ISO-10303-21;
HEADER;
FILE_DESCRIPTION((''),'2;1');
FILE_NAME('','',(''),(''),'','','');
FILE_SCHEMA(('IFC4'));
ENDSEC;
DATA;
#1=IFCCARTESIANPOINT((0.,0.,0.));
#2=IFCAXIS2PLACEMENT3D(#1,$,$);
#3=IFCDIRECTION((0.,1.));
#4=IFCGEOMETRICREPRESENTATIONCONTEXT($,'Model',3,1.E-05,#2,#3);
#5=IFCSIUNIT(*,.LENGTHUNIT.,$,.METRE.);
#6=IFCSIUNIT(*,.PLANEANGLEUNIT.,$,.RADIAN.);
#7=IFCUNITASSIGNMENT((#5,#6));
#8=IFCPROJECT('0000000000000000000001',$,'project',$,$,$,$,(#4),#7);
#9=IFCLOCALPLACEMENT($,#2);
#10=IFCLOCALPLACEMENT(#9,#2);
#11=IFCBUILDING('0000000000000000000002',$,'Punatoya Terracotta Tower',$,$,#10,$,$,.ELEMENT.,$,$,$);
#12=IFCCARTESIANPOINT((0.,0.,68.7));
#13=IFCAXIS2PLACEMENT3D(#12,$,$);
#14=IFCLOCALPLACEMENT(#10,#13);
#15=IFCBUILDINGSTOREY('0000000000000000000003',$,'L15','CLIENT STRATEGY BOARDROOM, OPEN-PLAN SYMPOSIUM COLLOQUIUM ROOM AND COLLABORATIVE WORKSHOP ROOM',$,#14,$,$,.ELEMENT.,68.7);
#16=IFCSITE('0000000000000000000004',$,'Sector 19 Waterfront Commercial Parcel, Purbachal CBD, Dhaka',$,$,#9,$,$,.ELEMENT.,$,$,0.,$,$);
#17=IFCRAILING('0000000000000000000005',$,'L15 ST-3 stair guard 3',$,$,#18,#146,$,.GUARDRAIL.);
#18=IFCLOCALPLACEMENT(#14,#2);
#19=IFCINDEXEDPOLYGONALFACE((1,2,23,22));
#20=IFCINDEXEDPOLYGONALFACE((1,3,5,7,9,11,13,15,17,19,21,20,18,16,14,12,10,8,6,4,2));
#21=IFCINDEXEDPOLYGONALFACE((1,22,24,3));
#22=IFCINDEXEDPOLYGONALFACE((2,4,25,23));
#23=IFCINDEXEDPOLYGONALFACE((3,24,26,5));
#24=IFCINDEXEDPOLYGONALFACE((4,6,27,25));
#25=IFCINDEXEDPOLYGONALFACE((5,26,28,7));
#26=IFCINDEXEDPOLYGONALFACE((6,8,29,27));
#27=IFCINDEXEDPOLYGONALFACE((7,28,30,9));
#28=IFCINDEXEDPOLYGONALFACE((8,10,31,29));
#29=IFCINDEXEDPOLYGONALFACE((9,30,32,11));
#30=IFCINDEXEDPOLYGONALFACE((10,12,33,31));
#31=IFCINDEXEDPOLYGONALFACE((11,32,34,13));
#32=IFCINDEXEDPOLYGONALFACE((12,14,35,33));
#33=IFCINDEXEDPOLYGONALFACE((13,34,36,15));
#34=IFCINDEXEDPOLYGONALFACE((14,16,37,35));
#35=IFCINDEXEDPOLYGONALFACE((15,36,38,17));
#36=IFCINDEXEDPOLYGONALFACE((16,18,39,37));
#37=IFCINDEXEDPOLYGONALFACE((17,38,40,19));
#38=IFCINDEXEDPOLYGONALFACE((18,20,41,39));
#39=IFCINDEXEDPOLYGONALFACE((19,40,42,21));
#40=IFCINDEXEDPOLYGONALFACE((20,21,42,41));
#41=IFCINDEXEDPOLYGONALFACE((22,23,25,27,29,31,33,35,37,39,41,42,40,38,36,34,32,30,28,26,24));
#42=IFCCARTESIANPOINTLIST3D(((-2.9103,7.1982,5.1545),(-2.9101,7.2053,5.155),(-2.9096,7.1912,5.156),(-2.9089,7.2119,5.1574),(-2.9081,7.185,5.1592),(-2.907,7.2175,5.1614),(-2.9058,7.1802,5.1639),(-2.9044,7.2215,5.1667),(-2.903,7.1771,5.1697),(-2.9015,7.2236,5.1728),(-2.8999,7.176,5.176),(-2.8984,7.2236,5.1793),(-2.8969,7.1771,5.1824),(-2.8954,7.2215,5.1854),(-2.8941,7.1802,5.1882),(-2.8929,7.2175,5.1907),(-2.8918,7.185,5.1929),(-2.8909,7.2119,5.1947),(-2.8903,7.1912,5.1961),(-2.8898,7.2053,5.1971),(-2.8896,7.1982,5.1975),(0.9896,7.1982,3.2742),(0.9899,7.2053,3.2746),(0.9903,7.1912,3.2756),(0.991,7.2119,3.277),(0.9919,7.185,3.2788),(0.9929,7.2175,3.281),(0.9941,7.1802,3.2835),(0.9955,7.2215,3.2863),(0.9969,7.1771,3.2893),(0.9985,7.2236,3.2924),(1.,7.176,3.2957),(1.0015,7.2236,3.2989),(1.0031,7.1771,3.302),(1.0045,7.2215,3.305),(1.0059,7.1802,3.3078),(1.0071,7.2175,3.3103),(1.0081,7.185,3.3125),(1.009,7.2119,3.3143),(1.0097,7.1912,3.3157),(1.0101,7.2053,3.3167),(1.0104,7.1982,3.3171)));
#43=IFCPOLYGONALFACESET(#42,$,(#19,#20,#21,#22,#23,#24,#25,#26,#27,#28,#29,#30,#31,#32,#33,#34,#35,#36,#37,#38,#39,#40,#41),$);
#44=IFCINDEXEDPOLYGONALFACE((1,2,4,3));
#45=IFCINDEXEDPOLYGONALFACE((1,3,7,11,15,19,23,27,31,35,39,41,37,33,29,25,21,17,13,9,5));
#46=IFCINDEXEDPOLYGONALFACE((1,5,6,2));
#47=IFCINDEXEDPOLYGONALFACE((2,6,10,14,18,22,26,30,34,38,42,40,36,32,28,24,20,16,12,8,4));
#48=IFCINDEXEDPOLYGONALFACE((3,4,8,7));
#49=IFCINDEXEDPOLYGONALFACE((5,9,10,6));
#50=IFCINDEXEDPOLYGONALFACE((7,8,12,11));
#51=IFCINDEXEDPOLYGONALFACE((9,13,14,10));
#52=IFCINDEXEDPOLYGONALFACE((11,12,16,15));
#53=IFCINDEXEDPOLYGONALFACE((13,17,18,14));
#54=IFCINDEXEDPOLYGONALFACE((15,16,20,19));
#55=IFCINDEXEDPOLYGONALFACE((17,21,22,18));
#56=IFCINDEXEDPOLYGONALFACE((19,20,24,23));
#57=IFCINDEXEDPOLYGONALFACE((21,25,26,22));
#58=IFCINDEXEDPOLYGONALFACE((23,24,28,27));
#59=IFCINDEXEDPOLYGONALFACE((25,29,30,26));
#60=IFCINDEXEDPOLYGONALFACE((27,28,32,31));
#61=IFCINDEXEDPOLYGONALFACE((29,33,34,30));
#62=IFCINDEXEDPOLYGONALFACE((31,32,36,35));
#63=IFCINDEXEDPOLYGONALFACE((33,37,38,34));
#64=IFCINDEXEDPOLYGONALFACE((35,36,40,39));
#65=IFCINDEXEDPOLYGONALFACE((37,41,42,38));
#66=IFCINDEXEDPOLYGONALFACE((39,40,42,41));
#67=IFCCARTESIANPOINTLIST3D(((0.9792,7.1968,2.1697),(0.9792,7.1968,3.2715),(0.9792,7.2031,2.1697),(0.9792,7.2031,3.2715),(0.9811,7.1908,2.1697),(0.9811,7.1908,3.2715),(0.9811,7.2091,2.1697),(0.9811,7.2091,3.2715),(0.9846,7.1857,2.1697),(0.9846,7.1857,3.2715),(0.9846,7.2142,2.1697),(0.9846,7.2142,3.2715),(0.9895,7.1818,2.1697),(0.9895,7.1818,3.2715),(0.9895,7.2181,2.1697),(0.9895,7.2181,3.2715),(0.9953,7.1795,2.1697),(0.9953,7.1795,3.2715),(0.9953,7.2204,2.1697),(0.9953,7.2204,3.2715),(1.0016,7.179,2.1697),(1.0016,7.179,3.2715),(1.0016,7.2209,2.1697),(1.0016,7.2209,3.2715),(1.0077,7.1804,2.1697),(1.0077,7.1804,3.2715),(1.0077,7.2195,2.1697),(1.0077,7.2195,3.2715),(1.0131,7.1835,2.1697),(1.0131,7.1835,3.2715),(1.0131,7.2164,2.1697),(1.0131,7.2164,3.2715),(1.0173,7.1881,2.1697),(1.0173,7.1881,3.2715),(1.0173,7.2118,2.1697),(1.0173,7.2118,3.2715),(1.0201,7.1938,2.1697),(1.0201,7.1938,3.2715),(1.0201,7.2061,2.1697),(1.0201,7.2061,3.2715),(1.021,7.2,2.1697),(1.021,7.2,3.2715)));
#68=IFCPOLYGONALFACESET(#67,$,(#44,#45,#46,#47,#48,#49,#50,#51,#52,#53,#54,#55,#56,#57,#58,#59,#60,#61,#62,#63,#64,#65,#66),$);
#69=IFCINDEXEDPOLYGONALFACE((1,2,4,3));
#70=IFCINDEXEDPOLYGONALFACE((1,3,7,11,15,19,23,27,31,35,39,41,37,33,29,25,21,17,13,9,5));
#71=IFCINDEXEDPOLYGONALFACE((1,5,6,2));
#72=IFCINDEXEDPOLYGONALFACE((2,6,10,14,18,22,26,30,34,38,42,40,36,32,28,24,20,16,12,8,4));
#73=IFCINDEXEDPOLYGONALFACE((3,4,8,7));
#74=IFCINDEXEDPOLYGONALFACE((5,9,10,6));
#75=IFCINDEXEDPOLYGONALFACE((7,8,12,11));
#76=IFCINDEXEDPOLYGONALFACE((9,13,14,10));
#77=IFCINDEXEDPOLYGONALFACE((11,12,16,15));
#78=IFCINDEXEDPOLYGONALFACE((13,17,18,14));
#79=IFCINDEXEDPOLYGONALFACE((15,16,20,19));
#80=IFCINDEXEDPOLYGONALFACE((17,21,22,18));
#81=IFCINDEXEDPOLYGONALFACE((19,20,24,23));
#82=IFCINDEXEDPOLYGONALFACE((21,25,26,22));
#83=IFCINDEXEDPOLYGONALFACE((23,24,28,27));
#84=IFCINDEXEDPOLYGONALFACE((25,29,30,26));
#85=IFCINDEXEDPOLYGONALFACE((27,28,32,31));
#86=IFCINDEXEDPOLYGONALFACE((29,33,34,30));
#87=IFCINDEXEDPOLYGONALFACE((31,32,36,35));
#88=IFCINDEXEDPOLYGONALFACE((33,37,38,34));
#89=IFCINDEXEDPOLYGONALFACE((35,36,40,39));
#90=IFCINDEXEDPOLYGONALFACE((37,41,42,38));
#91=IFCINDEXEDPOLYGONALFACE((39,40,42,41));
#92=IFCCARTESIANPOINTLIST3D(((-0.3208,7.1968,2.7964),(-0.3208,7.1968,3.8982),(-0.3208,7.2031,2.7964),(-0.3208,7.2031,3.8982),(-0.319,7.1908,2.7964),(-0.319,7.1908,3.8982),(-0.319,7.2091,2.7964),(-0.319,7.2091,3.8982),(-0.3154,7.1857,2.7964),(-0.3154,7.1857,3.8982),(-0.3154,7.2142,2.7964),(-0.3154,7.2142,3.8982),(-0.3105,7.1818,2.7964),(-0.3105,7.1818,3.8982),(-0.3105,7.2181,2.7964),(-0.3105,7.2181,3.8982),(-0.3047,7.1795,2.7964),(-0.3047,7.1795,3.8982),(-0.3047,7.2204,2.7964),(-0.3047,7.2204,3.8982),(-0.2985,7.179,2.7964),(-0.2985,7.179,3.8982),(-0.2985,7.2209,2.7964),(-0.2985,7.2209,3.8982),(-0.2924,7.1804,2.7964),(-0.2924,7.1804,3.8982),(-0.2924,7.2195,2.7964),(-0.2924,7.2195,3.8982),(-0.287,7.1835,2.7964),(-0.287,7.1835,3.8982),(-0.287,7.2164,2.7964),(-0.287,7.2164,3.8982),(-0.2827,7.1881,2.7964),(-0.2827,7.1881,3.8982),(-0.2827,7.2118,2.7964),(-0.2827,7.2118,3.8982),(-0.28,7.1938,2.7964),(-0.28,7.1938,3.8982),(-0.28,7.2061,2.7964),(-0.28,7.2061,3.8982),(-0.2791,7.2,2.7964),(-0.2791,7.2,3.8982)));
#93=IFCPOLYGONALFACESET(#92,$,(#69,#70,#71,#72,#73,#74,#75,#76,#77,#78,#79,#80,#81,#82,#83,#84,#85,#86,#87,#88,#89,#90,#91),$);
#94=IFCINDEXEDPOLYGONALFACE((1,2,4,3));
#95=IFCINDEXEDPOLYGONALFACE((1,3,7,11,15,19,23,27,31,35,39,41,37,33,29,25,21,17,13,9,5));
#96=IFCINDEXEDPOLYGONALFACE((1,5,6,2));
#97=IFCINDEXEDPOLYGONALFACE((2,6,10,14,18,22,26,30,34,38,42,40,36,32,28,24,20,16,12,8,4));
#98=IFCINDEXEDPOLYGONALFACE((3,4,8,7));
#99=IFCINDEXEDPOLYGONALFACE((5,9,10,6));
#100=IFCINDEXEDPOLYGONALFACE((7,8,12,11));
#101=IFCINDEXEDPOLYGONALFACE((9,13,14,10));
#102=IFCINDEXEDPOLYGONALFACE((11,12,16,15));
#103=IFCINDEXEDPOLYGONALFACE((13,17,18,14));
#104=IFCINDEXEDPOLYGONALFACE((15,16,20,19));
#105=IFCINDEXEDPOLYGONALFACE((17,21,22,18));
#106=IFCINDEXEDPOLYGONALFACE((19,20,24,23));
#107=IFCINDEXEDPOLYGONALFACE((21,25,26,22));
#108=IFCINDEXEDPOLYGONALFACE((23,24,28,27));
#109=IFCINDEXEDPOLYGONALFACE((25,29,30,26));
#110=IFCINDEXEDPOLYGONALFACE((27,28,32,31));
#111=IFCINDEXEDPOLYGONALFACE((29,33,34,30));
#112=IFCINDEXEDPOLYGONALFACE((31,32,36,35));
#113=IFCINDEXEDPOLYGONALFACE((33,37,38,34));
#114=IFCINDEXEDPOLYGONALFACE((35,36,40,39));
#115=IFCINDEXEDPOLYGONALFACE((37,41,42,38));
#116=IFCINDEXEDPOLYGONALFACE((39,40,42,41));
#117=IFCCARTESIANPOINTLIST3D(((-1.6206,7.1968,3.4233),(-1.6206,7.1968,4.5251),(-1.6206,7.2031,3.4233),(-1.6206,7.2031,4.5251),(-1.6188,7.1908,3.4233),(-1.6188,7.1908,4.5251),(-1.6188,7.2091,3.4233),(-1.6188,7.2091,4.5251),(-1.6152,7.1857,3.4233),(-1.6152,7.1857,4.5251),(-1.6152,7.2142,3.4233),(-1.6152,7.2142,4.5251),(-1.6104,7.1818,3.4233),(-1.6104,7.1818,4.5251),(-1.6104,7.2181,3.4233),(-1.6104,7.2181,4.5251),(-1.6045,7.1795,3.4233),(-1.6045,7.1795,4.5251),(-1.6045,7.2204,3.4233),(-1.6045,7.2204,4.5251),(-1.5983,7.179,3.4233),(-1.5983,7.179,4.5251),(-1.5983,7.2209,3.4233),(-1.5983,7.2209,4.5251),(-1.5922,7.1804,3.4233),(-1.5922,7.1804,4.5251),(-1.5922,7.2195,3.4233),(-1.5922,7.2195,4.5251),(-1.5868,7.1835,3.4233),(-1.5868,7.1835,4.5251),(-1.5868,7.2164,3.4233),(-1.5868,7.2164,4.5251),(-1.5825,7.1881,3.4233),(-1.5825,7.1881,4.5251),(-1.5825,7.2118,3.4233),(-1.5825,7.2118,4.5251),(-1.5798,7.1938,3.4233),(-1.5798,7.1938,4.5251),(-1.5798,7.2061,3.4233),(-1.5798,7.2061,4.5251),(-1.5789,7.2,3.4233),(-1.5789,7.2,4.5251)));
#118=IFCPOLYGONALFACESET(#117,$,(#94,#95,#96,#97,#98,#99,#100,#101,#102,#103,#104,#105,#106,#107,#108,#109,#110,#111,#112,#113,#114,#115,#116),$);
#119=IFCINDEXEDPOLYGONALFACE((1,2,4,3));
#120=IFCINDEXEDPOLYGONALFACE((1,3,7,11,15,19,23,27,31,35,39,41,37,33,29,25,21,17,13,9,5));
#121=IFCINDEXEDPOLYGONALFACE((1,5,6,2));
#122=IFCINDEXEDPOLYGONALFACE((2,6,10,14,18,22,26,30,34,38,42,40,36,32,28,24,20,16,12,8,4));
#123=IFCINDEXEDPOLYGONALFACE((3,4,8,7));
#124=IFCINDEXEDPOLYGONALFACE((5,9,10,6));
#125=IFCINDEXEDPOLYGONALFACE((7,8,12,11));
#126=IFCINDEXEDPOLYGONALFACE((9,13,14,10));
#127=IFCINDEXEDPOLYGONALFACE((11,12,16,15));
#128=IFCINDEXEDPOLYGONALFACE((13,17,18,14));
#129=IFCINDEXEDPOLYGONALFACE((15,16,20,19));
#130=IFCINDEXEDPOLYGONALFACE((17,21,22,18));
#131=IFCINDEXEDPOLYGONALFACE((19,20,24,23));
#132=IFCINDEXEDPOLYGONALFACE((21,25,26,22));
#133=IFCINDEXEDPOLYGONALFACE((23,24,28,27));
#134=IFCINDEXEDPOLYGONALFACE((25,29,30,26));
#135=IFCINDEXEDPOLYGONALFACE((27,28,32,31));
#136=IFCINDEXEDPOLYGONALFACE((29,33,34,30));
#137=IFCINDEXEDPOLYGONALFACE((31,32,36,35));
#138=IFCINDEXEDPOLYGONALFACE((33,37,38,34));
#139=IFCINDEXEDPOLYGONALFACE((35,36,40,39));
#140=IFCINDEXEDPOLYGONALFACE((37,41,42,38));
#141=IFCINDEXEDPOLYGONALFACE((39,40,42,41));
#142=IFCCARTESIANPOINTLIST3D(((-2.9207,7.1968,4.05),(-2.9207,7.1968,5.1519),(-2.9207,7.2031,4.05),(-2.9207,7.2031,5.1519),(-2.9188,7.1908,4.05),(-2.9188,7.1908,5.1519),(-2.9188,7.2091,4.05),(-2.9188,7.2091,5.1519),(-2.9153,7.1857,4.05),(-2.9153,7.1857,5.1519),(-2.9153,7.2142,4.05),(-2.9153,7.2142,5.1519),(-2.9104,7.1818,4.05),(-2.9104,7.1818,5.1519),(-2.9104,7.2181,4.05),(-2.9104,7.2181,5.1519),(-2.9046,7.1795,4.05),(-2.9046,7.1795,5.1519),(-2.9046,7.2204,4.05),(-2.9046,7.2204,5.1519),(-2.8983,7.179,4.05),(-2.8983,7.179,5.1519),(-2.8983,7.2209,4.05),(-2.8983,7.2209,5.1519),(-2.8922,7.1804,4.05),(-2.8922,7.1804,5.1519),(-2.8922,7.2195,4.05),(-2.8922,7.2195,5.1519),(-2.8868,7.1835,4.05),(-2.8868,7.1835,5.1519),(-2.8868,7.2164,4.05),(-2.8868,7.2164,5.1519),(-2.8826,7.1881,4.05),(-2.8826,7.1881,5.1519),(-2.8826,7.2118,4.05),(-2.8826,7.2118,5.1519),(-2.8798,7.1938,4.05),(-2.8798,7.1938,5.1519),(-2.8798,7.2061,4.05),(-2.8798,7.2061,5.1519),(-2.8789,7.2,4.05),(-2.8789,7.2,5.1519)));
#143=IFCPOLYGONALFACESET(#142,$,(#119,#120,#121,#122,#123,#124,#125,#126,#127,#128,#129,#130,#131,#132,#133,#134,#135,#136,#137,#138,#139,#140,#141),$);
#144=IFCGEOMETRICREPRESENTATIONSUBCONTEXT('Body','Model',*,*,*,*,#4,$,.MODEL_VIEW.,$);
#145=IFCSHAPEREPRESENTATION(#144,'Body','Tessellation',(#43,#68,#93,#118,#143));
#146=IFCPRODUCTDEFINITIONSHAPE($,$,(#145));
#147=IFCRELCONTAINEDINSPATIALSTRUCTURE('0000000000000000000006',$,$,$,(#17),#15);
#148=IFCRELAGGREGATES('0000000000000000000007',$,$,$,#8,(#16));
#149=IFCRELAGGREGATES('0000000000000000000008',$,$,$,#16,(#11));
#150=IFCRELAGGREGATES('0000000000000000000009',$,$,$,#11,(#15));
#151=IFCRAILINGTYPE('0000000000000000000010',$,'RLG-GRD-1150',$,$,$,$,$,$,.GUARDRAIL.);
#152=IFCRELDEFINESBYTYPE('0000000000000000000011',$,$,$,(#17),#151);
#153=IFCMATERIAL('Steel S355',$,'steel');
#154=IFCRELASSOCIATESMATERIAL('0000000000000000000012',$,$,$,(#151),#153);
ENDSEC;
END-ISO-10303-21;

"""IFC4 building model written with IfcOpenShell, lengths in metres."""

from ifc_helpers import new_model, si_unit, direction, frame, origin, origin_2d, place, context, subcontext, project, spatial, circle, extrude, material, type_object, element, save


model = new_model("IFC4")

# Units and contexts
model_context = context("Model", 3, precision=1e-05, world=origin(), true_north=direction((0.0, 1.0)))
body_context = subcontext(model_context, "Body", "Model", "MODEL_VIEW")
ifc_project = project(units=[si_unit("LENGTHUNIT", "METRE"), si_unit("PLANEANGLEUNIT", "RADIAN")], contexts=[model_context])

# Site, building, storey
site_placement = place(None, origin())
site = spatial("IfcSite", under=ifc_project, at=site_placement, Name="Sector 19 Waterfront Commercial Parcel, Purbachal CBD, Dhaka", CompositionType="ELEMENT", RefElevation=0.0)
building_placement = place(site_placement, origin())
building = spatial("IfcBuilding", under=site, at=building_placement, Name="Punatoya Terracotta Tower", CompositionType="ELEMENT")
storey_placement = place(building_placement, frame((0.0, 0.0, 68.7)))
storey = spatial("IfcBuildingStorey", under=building, at=storey_placement, Name="L15", Description="CLIENT STRATEGY BOARDROOM, OPEN-PLAN SYMPOSIUM COLLOQUIUM ROOM AND COLLABORATIVE WORKSHOP ROOM", CompositionType="ELEMENT", Elevation=68.7)

# Shared definitions
ifc_material_1 = material(Name="Steel S355", Category="steel")

# Railing
railing_type_1 = type_object("IfcRailingType", Name="RLG-GRD-1150", PredefinedType="GUARDRAIL", material=ifc_material_1)
railing_1_placement = place(storey_placement, frame((1.0, 7.2, 2.1697)))
element("IfcRailing", 1, at=railing_1_placement, inside=storey, type_object=railing_type_1, Name="L15 ST-3 stair guard 3", PredefinedType="GUARDRAIL", context=body_context, shape_type="SweptSolid", body=[
    extrude(circle(Radius=0.0239, at=origin_2d()), frame((0.0, 0.0, 1.126), z_axis=(-0.900763, 0.0, 0.434311), x_axis=(0.0, -1.0, 0.0)), (0.0, 0.0, 1.0), 4.3296),
    extrude(circle(Radius=0.021, at=origin_2d()), origin(), (0.0, 0.0, 1.0), 1.1018),
    extrude(circle(Radius=0.021, at=origin_2d()), frame((-1.3, 0.0, 0.6267)), (0.0, 0.0, 1.0), 1.1018),
    extrude(circle(Radius=0.021, at=origin_2d()), frame((-2.5999, 0.0, 1.2537)), (0.0, 0.0, 1.0), 1.1018),
    extrude(circle(Radius=0.021, at=origin_2d()), frame((-3.8999, 0.0, 1.8804)), (0.0, 0.0, 1.0), 1.1018),
])

save(model, "model.ifc")
